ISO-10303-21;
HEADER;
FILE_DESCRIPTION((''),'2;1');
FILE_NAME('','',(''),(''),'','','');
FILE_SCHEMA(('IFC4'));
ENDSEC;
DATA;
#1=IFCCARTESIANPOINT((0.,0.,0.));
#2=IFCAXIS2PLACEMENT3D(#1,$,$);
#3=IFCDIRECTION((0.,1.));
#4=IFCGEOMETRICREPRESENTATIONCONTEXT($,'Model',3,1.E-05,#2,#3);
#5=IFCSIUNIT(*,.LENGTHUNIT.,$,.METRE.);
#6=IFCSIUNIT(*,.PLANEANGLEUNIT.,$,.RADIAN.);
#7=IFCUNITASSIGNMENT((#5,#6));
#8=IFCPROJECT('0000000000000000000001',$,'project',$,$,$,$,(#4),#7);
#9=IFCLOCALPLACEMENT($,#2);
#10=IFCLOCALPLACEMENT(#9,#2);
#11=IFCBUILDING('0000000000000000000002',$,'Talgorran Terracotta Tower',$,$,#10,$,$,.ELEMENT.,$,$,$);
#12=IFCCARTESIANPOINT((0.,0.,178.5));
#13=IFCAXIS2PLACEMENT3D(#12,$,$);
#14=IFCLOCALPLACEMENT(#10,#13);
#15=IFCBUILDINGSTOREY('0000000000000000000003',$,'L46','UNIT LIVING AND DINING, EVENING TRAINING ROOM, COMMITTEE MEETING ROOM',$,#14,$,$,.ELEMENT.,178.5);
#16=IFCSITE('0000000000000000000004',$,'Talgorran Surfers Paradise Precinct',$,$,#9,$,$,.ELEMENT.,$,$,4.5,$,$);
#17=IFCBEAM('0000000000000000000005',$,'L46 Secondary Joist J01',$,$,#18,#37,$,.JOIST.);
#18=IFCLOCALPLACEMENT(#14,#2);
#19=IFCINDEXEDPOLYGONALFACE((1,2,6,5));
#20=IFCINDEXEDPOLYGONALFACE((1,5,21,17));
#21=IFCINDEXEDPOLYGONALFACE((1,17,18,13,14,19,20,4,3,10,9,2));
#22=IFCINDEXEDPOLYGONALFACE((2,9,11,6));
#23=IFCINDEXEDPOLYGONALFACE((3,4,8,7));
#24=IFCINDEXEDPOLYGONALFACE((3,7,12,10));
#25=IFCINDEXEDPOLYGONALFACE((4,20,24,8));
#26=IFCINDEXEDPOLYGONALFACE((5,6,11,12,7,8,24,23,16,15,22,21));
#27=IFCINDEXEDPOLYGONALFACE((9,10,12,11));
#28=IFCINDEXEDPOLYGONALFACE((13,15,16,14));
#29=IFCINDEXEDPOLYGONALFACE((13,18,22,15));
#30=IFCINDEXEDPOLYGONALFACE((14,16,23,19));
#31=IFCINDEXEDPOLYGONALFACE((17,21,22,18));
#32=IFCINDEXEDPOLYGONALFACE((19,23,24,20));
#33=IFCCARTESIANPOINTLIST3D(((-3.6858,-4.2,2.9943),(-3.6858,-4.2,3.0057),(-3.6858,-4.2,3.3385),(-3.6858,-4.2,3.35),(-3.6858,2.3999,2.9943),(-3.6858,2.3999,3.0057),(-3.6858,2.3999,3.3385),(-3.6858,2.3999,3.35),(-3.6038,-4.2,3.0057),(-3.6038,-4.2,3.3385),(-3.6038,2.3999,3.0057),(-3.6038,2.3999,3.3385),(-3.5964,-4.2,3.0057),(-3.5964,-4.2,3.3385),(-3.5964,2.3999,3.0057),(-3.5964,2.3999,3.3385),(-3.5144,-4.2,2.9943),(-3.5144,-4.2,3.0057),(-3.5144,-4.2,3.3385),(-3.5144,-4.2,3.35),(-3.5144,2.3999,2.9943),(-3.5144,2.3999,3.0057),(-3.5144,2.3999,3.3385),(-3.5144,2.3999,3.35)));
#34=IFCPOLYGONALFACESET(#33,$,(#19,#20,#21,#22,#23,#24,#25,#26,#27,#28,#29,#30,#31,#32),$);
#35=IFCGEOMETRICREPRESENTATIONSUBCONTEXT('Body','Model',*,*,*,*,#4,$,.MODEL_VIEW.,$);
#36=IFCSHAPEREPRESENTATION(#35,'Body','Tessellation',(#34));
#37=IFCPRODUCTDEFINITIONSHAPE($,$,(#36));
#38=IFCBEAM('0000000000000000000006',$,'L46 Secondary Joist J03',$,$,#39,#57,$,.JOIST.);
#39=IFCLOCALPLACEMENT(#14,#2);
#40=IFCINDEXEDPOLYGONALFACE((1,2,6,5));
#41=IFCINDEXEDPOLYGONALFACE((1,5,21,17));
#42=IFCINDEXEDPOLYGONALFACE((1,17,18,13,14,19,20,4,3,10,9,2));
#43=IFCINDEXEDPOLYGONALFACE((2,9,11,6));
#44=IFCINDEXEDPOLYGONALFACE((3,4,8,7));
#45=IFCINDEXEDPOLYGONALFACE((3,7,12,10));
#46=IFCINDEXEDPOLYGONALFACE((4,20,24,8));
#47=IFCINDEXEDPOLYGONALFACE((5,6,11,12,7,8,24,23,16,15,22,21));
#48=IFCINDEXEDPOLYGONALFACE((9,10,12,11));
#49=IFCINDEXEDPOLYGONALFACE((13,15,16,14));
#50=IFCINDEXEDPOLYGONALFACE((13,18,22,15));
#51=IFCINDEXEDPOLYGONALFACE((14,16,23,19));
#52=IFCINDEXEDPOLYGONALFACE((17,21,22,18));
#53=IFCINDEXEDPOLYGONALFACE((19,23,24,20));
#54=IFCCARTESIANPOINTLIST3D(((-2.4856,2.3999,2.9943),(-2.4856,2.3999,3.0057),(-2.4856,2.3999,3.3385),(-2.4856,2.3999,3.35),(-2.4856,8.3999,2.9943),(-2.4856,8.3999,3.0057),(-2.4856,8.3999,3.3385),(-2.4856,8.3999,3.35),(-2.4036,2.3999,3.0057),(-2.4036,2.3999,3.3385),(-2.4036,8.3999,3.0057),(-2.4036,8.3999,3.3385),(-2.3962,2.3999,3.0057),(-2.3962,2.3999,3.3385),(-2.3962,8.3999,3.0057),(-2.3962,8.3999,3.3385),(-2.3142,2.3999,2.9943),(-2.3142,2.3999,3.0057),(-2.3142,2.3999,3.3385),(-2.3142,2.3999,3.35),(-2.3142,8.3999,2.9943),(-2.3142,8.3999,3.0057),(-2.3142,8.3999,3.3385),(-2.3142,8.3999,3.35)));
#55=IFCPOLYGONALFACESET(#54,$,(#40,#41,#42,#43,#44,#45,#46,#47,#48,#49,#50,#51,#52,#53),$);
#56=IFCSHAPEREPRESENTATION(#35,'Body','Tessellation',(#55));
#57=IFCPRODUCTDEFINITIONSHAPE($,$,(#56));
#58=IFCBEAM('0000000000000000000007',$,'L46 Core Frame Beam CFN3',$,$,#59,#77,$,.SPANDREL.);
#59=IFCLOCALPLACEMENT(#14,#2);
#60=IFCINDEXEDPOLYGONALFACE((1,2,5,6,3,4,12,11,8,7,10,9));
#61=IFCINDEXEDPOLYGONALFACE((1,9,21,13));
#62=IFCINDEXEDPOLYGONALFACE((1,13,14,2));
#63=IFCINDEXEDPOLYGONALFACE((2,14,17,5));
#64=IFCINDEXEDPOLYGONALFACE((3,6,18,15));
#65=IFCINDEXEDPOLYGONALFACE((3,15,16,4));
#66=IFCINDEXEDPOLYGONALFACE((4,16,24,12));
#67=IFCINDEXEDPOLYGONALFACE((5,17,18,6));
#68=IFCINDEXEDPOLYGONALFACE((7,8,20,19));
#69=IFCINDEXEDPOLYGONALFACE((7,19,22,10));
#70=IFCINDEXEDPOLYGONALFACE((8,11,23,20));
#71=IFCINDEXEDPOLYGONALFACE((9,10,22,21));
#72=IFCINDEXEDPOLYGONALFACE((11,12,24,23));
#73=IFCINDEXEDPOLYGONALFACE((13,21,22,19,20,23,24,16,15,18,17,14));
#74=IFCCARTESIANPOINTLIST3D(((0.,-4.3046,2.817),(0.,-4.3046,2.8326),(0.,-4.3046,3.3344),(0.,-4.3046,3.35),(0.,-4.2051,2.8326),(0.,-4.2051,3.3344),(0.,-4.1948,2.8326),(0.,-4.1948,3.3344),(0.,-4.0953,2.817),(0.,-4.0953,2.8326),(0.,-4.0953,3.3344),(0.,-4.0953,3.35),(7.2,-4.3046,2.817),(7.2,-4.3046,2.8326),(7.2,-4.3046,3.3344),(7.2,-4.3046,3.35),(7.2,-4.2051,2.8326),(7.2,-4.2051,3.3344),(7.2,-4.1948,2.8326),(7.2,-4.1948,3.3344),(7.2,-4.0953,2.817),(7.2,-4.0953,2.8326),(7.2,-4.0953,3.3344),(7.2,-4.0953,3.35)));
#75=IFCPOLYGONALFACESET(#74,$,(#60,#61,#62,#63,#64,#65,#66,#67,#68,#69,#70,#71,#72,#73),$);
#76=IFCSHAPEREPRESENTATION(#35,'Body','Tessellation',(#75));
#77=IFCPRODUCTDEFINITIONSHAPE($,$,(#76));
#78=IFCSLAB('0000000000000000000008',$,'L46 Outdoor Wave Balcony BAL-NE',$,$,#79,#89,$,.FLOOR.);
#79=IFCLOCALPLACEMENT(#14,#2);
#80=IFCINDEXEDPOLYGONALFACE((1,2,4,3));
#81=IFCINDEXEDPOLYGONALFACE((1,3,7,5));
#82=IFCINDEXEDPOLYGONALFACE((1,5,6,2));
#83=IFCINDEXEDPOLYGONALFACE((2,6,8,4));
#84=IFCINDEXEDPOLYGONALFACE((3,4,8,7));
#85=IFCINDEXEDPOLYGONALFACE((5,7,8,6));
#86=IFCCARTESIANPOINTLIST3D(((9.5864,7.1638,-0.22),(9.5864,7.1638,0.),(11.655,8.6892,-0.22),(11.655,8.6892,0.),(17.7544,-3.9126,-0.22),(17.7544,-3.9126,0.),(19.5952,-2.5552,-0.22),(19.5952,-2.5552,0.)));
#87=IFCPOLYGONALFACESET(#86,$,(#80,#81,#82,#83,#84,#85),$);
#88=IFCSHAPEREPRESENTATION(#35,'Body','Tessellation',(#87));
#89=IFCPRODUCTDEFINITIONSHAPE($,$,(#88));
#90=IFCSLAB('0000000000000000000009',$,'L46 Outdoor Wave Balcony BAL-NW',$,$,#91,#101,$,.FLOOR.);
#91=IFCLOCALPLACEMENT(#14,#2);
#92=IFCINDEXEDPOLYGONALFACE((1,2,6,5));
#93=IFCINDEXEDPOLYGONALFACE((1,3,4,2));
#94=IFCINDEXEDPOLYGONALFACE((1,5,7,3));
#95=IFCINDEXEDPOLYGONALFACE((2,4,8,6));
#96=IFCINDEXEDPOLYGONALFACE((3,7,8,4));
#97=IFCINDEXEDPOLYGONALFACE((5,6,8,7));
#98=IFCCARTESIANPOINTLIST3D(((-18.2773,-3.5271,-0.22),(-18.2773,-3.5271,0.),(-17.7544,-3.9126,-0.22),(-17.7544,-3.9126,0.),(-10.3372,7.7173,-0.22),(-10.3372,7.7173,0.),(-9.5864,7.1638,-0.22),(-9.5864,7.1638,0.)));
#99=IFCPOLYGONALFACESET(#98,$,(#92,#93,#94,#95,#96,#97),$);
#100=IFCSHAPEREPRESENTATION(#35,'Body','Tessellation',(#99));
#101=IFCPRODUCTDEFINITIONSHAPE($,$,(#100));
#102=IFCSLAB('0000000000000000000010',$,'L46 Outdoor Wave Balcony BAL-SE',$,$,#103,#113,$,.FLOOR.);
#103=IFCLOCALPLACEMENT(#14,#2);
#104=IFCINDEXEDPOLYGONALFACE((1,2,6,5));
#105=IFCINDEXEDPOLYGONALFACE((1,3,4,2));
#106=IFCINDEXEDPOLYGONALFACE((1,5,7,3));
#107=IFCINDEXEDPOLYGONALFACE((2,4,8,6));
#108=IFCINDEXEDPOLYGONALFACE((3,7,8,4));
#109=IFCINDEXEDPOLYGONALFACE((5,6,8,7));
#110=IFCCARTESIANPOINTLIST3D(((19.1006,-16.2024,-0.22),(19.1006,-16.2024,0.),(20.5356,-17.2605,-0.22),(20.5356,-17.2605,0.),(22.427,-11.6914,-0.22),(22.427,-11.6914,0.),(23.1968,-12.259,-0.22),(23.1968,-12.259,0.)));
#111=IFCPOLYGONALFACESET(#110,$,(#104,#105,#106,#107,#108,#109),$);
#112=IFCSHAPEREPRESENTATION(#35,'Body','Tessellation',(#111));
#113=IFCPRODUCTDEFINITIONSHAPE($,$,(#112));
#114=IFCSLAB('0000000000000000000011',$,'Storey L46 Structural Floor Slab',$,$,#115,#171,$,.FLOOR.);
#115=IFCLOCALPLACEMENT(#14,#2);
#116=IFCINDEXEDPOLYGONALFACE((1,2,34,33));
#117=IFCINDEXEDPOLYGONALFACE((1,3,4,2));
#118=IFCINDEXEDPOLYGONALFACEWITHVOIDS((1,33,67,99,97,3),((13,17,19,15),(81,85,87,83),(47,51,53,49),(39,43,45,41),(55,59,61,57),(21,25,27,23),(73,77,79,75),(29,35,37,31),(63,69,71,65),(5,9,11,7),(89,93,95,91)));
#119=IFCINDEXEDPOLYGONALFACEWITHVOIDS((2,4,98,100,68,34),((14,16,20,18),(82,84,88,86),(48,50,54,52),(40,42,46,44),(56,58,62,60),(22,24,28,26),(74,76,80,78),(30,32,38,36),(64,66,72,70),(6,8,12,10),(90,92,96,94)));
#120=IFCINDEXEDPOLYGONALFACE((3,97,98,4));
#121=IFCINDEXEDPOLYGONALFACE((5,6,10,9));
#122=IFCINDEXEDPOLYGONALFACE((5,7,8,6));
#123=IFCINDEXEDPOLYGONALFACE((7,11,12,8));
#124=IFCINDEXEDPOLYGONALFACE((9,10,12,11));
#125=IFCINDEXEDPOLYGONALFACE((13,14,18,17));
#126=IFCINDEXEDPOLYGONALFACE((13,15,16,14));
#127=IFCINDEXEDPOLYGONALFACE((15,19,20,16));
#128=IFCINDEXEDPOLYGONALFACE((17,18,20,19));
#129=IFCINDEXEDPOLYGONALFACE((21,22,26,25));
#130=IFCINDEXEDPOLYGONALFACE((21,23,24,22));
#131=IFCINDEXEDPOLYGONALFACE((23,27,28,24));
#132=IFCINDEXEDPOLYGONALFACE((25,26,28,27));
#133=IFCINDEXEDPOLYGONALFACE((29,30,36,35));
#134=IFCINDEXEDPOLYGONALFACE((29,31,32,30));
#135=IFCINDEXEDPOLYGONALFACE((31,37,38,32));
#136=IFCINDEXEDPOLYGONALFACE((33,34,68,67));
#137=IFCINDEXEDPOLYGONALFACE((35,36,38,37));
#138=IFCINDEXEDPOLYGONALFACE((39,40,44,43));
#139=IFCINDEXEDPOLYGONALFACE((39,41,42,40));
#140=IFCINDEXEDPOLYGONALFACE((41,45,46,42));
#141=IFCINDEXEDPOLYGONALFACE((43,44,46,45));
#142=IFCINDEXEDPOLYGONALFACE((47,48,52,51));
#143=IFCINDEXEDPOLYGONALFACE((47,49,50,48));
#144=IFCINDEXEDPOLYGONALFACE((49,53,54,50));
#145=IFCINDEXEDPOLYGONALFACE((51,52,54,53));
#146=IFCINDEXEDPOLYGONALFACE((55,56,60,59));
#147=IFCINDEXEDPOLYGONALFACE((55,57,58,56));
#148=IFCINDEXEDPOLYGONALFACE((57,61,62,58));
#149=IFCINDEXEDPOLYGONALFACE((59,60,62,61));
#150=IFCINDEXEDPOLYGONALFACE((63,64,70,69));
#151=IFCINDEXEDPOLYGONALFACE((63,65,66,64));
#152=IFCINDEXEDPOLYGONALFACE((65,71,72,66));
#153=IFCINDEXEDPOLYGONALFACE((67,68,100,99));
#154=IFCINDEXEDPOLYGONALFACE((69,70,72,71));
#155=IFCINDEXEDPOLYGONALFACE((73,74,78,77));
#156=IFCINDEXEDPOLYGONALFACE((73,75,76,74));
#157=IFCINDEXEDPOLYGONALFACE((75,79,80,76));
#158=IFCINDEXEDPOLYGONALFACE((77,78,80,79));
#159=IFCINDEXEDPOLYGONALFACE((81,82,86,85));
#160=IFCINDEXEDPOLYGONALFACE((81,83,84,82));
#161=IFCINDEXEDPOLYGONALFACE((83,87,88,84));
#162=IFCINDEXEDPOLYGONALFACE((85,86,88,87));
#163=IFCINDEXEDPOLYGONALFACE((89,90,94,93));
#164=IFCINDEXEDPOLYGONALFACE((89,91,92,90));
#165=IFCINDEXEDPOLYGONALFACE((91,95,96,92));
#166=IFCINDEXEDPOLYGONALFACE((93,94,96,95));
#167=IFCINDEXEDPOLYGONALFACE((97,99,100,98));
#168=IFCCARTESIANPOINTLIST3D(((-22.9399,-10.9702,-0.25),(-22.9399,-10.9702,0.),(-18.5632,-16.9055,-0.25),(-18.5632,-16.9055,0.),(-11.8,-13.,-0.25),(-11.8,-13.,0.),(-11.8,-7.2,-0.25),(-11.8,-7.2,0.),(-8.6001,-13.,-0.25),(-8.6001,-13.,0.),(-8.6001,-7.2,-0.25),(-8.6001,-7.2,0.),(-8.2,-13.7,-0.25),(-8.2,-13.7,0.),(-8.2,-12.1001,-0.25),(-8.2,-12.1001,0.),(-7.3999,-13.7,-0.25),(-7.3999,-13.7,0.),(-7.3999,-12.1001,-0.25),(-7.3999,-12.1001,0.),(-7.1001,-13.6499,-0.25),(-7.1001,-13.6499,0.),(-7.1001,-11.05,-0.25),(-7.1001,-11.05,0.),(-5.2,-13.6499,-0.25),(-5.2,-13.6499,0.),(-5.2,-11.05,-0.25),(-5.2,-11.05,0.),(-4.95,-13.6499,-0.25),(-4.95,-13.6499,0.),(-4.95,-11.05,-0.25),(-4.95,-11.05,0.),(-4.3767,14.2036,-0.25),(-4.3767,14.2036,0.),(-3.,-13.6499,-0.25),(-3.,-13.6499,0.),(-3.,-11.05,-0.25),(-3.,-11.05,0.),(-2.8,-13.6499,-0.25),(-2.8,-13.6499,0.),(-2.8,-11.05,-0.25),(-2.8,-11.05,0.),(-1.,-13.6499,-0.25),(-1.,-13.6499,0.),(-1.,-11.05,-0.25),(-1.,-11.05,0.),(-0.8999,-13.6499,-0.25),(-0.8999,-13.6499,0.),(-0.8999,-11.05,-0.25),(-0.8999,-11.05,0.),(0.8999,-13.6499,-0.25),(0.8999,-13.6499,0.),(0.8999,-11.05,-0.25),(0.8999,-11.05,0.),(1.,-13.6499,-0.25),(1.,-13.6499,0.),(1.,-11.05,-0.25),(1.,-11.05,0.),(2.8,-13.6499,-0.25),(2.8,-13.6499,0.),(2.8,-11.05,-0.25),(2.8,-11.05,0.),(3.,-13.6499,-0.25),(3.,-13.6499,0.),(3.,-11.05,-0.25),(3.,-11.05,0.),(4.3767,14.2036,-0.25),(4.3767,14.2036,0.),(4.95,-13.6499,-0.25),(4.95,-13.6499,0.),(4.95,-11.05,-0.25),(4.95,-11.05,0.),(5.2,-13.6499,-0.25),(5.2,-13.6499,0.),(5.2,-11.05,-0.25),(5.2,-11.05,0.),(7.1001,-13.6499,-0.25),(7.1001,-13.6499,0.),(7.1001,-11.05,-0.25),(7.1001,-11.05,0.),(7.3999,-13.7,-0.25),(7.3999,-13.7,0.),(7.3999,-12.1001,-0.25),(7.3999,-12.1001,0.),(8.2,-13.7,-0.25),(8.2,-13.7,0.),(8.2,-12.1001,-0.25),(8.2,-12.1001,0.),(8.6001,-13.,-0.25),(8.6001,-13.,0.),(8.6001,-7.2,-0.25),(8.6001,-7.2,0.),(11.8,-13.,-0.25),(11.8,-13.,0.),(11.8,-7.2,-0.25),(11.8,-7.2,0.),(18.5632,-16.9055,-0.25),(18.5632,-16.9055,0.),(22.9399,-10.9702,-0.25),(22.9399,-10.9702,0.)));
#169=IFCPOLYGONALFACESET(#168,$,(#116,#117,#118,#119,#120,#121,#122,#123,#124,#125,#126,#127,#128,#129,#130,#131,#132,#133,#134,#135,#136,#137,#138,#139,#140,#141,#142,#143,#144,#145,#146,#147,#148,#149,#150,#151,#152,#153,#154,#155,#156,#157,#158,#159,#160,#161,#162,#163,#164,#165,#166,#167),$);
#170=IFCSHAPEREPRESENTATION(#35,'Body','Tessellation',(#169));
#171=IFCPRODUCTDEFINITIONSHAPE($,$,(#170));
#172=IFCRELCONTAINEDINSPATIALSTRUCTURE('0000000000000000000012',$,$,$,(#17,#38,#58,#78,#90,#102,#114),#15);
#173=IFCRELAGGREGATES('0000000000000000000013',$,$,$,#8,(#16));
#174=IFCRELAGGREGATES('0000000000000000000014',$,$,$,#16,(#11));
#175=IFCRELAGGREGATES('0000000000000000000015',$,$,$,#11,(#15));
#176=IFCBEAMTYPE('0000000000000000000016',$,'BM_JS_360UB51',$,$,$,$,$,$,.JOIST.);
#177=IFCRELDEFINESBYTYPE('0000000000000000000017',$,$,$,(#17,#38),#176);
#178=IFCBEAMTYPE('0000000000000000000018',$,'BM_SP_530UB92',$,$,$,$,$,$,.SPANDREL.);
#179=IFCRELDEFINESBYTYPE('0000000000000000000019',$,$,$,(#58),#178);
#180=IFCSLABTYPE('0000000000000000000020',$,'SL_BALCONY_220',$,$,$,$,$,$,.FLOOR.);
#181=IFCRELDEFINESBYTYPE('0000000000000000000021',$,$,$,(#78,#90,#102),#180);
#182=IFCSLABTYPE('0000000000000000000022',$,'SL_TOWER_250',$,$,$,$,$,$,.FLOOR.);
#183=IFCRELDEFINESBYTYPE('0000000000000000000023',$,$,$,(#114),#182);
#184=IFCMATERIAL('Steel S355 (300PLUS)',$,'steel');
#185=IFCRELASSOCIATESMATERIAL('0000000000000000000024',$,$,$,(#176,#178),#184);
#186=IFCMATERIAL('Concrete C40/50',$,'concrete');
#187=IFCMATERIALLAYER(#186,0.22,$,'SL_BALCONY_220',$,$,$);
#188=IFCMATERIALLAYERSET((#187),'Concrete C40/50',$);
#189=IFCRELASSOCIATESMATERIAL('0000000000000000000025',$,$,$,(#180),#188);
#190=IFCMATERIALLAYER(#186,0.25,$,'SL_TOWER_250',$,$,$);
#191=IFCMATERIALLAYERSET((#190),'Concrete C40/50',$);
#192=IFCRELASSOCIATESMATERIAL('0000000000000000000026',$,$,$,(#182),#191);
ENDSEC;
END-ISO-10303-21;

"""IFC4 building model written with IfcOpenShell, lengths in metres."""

from ifc_helpers import new_model, si_unit, direction, frame, origin, origin_2d, place, context, subcontext, project, spatial, polyline, i_section, outline, extrude, material, layer, layer_set, material_profile, profile_set, type_object, element, save


model = new_model("IFC4")

# Units and contexts
model_context = context("Model", 3, precision=1e-05, world=origin(), true_north=direction((0.0, 1.0)))
body_context = subcontext(model_context, "Body", "Model", "MODEL_VIEW")
ifc_project = project(units=[si_unit("LENGTHUNIT", "METRE"), si_unit("PLANEANGLEUNIT", "RADIAN")], contexts=[model_context])

# Site, building, storey
site_placement = place(None, origin())
site = spatial("IfcSite", under=ifc_project, at=site_placement, Name="Talgorran Surfers Paradise Precinct", CompositionType="ELEMENT", RefElevation=4.5)
building_placement = place(site_placement, origin())
building = spatial("IfcBuilding", under=site, at=building_placement, Name="Talgorran Terracotta Tower", CompositionType="ELEMENT")
storey_placement = place(building_placement, frame((0.0, 0.0, 178.5)))
storey = spatial("IfcBuildingStorey", under=building, at=storey_placement, Name="L46", Description="UNIT LIVING AND DINING, EVENING TRAINING ROOM, COMMITTEE MEETING ROOM", CompositionType="ELEMENT", Elevation=178.5)

# Shared definitions
ifc_material_1 = material(Name="Steel S355 (300PLUS)", Category="steel")

# Beams
ifc_material_profile_1 = material_profile(ifc_material_1, i_section(OverallWidth=0.1714, OverallDepth=0.3557, WebThickness=0.0073, FlangeThickness=0.0115, at=origin_2d()), Name="360UB50.7")
ifc_profile_set_1 = profile_set([ifc_material_profile_1], Name="Steel S355 (300PLUS)")
beam_type_1 = type_object("IfcBeamType", Name="BM_JS_360UB51", PredefinedType="JOIST", material=ifc_profile_set_1)
beam_1_placement = place(storey_placement, frame((-3.6001, -4.2, 3.1721), z_axis=(0.0, 1.0, 0.0), x_axis=(-1.0, 0.0, 0.0)))
element("IfcBeam", 1, at=beam_1_placement, inside=storey, type_object=beam_type_1, Name="L46 Secondary Joist J01", PredefinedType="JOIST", context=body_context, shape_type="SweptSolid", body=[
    extrude(i_section(OverallWidth=0.1714, OverallDepth=0.3557, WebThickness=0.0073, FlangeThickness=0.0115, at=origin_2d()), origin(), (0.0, 0.0, 1.0), 6.5999),
])
beam_2_placement = place(storey_placement, frame((-2.3999, 2.3999, 3.1721), z_axis=(0.0, 1.0, 0.0), x_axis=(-1.0, 0.0, 0.0)))
element("IfcBeam", 2, at=beam_2_placement, inside=storey, type_object=beam_type_1, Name="L46 Secondary Joist J03", PredefinedType="JOIST", context=body_context, shape_type="SweptSolid", body=[
    extrude(i_section(OverallWidth=0.1714, OverallDepth=0.3557, WebThickness=0.0073, FlangeThickness=0.0115, at=origin_2d()), origin(), (0.0, 0.0, 1.0), 6.0),
])
ifc_material_profile_2 = material_profile(ifc_material_1, i_section(OverallWidth=0.2092, OverallDepth=0.533, WebThickness=0.0103, FlangeThickness=0.0156, at=origin_2d()), Name="530UB92.4")
ifc_profile_set_2 = profile_set([ifc_material_profile_2], Name="Steel S355 (300PLUS)")
beam_type_2 = type_object("IfcBeamType", Name="BM_SP_530UB92", PredefinedType="SPANDREL", material=ifc_profile_set_2)
beam_3_placement = place(storey_placement, frame((0.0, -4.2, 3.0835), z_axis=(1.0, 0.0, 0.0), x_axis=(0.0, 1.0, 0.0)))
element("IfcBeam", 3, at=beam_3_placement, inside=storey, type_object=beam_type_2, Name="L46 Core Frame Beam CFN3", PredefinedType="SPANDREL", context=body_context, shape_type="SweptSolid", body=[
    extrude(i_section(OverallWidth=0.2092, OverallDepth=0.533, WebThickness=0.0103, FlangeThickness=0.0156, at=origin_2d()), origin(), (0.0, 0.0, 1.0), 7.2),
])

# Slabs
ifc_material_2 = material(Name="Concrete C40/50", Category="concrete")
ifc_layer_1 = layer(ifc_material_2, 0.22, Name="SL_BALCONY_220")
ifc_layer_set_1 = layer_set([ifc_layer_1], Name="Concrete C40/50")
slab_type_1 = type_object("IfcSlabType", Name="SL_BALCONY_220", PredefinedType="FLOOR", material=ifc_layer_set_1)
slab_1_placement = place(storey_placement, frame((0.0, 0.0, -0.22)))
element("IfcSlab", 4, at=slab_1_placement, inside=storey, type_object=slab_type_1, Name="L46 Outdoor Wave Balcony BAL-NE", PredefinedType="FLOOR", context=body_context, shape_type="SweptSolid", body=[
    extrude(outline(polyline([(9.5864, 7.1638), (17.7544, -3.9126), (19.5952, -2.5552), (11.655, 8.6892), (9.5864, 7.1638)])), origin(), (0.0, 0.0, 1.0), 0.22),
])
slab_2_placement = place(storey_placement, frame((0.0, 0.0, -0.22)))
element("IfcSlab", 5, at=slab_2_placement, inside=storey, type_object=slab_type_1, Name="L46 Outdoor Wave Balcony BAL-NW", PredefinedType="FLOOR", context=body_context, shape_type="SweptSolid", body=[
    extrude(outline(polyline([(-17.7544, -3.9126), (-9.5864, 7.1638), (-10.3372, 7.7173), (-18.2773, -3.5271), (-17.7544, -3.9126)])), origin(), (0.0, 0.0, 1.0), 0.22),
])
slab_3_placement = place(storey_placement, frame((0.0, 0.0, -0.22)))
element("IfcSlab", 6, at=slab_3_placement, inside=storey, type_object=slab_type_1, Name="L46 Outdoor Wave Balcony BAL-SE", PredefinedType="FLOOR", context=body_context, shape_type="SweptSolid", body=[
    extrude(outline(polyline([(22.427, -11.6914), (19.1006, -16.2024), (20.5356, -17.2605), (23.1968, -12.259), (22.427, -11.6914)])), origin(), (0.0, 0.0, 1.0), 0.22),
])
ifc_layer_2 = layer(ifc_material_2, 0.25, Name="SL_TOWER_250")
ifc_layer_set_2 = layer_set([ifc_layer_2], Name="Concrete C40/50")
slab_type_2 = type_object("IfcSlabType", Name="SL_TOWER_250", PredefinedType="FLOOR", material=ifc_layer_set_2)
slab_4_placement = place(storey_placement, frame((0.0, 0.0, -0.25)))
element("IfcSlab", 7, at=slab_4_placement, inside=storey, type_object=slab_type_2, Name="Storey L46 Structural Floor Slab", PredefinedType="FLOOR", context=body_context, shape_type="SweptSolid", body=[
    extrude(outline(polyline([(-22.9399, -10.9702), (-18.5632, -16.9055), (18.5632, -16.9055), (22.9399, -10.9702), (4.3767, 14.2036), (-4.3767, 14.2036), (-22.9399, -10.9702)]), holes=[polyline([(-11.8, -7.2), (-11.8, -13.0), (-8.6001, -13.0), (-8.6001, -7.2), (-11.8, -7.2)]), polyline([(8.6001, -7.2), (8.6001, -13.0), (11.8, -13.0), (11.8, -7.2), (8.6001, -7.2)]), polyline([(-7.1001, -13.6499), (-5.2, -13.6499), (-5.2, -11.05), (-7.1001, -11.05), (-7.1001, -13.6499)]), polyline([(5.2, -13.6499), (7.1001, -13.6499), (7.1001, -11.05), (5.2, -11.05), (5.2, -13.6499)]), polyline([(3.0, -13.6499), (4.95, -13.6499), (4.95, -11.05), (3.0, -11.05), (3.0, -13.6499)]), polyline([(-4.95, -13.6499), (-3.0, -13.6499), (-3.0, -11.05), (-4.95, -11.05), (-4.95, -13.6499)]), polyline([(-2.8, -13.6499), (-1.0, -13.6499), (-1.0, -11.05), (-2.8, -11.05), (-2.8, -13.6499)]), polyline([(-0.8999, -13.6499), (0.8999, -13.6499), (0.8999, -11.05), (-0.8999, -11.05), (-0.8999, -13.6499)]), polyline([(1.0, -13.6499), (2.8, -13.6499), (2.8, -11.05), (1.0, -11.05), (1.0, -13.6499)]), polyline([(-8.2, -13.7), (-7.3999, -13.7), (-7.3999, -12.1001), (-8.2, -12.1001), (-8.2, -13.7)]), polyline([(7.3999, -13.7), (8.2, -13.7), (8.2, -12.1001), (7.3999, -12.1001), (7.3999, -13.7)])]), origin(), (0.0, 0.0, 1.0), 0.25),
])

save(model, "model.ifc")
